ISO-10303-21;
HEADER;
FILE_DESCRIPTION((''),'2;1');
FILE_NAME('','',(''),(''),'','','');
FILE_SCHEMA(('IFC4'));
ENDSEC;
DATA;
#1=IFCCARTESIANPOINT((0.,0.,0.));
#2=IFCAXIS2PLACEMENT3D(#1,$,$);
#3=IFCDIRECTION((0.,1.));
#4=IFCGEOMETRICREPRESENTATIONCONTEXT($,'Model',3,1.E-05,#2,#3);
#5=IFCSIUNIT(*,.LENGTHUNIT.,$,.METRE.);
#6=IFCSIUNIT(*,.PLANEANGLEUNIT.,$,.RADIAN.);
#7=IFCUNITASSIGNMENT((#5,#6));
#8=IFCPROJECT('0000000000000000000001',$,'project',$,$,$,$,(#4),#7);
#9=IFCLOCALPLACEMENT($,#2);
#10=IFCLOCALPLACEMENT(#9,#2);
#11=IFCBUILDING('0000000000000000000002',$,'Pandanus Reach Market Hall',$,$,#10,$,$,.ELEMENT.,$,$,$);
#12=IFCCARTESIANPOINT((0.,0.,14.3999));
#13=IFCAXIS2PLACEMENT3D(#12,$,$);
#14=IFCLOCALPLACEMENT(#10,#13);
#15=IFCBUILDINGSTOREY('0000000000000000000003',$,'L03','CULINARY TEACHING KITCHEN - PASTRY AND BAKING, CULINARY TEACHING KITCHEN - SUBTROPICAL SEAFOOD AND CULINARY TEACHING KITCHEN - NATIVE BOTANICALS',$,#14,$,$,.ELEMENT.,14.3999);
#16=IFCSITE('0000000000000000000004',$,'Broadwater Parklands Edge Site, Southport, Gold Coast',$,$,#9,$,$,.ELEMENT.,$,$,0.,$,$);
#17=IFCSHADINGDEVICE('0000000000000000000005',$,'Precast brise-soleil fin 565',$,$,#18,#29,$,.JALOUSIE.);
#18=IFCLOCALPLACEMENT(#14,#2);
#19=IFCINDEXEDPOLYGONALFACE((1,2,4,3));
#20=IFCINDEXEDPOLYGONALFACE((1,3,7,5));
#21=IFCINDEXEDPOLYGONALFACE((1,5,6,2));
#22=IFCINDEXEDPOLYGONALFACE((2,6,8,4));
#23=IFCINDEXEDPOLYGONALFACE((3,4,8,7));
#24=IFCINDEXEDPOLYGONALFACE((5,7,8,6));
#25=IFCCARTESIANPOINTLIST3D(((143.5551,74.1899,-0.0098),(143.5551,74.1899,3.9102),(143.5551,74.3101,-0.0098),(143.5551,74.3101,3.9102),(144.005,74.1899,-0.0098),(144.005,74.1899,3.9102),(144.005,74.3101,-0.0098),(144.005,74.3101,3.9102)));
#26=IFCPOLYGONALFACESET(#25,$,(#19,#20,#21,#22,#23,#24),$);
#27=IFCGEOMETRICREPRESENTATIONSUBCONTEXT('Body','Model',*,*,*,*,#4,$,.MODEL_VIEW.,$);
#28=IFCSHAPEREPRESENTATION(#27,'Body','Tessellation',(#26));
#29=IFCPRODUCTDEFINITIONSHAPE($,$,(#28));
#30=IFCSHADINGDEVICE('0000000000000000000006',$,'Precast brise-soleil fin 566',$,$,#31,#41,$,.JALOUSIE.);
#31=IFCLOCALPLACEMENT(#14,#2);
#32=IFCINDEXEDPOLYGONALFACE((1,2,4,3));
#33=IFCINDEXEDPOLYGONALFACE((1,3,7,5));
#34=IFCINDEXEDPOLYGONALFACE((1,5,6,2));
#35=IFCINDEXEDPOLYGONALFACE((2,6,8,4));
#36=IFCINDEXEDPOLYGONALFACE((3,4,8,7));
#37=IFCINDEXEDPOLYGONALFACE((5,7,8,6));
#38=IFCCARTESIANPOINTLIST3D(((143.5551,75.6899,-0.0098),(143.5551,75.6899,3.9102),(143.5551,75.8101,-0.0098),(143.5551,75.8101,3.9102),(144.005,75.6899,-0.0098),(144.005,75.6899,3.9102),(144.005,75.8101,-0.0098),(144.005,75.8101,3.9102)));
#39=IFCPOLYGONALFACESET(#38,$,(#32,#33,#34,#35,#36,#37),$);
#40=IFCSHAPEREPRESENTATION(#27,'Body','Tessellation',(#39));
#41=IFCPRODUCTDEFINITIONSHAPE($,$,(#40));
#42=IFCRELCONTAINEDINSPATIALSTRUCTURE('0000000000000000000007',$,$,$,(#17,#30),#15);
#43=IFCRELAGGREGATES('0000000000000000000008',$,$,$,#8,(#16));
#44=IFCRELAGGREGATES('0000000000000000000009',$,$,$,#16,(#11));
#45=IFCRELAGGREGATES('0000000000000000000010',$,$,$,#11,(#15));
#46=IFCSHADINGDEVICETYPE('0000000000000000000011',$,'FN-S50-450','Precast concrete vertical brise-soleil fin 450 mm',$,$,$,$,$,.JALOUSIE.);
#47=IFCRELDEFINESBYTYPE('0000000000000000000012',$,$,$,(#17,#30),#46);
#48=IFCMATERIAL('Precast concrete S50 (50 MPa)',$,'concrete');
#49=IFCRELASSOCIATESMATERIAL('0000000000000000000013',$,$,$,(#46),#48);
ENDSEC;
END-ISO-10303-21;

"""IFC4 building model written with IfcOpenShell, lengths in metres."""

from ifc_helpers import new_model, si_unit, direction, frame, origin, origin_2d, place, context, subcontext, project, spatial, rectangle, extrude, material, type_object, element, save


model = new_model("IFC4")

# Units and contexts
model_context = context("Model", 3, precision=1e-05, world=origin(), true_north=direction((0.0, 1.0)))
body_context = subcontext(model_context, "Body", "Model", "MODEL_VIEW")
ifc_project = project(units=[si_unit("LENGTHUNIT", "METRE"), si_unit("PLANEANGLEUNIT", "RADIAN")], contexts=[model_context])

# Site, building, storey
site_placement = place(None, origin())
site = spatial("IfcSite", under=ifc_project, at=site_placement, Name="Broadwater Parklands Edge Site, Southport, Gold Coast", CompositionType="ELEMENT", RefElevation=0.0)
building_placement = place(site_placement, origin())
building = spatial("IfcBuilding", under=site, at=building_placement, Name="Pandanus Reach Market Hall", CompositionType="ELEMENT")
storey_placement = place(building_placement, frame((0.0, 0.0, 14.3999)))
storey = spatial("IfcBuildingStorey", under=building, at=storey_placement, Name="L03", Description="CULINARY TEACHING KITCHEN - PASTRY AND BAKING, CULINARY TEACHING KITCHEN - SUBTROPICAL SEAFOOD AND CULINARY TEACHING KITCHEN - NATIVE BOTANICALS", CompositionType="ELEMENT", Elevation=14.3999)

# Shading devices
ifc_material_1 = material(Name="Precast concrete S50 (50 MPa)", Category="concrete")
shading_device_type = type_object("IfcShadingDeviceType", Name="FN-S50-450", Description="Precast concrete vertical brise-soleil fin 450 mm", PredefinedType="JALOUSIE", material=ifc_material_1)
for number, where, z_axis, x_axis, name in (
    (1, (143.78, 74.25, -0.0098), (0.0, 0.0, 1.0), (-1.0, 0.0, 0.0), "Precast brise-soleil fin 565"),
    (2, (143.78, 75.75, -0.0098), (0.0, 0.0, 1.0), (-1.0, 0.0, 0.0), "Precast brise-soleil fin 566"),
):
    element("IfcShadingDevice", number, at=place(storey_placement, frame(where, z_axis=z_axis, x_axis=x_axis)), inside=storey, type_object=shading_device_type, Name=name, PredefinedType="JALOUSIE", context=body_context, shape_type="SweptSolid", body=[
        extrude(rectangle(XDim=0.45, YDim=0.1201, at=origin_2d()), origin(), (0.0, 0.0, 1.0), 3.9199),
    ])

save(model, "model.ifc")
